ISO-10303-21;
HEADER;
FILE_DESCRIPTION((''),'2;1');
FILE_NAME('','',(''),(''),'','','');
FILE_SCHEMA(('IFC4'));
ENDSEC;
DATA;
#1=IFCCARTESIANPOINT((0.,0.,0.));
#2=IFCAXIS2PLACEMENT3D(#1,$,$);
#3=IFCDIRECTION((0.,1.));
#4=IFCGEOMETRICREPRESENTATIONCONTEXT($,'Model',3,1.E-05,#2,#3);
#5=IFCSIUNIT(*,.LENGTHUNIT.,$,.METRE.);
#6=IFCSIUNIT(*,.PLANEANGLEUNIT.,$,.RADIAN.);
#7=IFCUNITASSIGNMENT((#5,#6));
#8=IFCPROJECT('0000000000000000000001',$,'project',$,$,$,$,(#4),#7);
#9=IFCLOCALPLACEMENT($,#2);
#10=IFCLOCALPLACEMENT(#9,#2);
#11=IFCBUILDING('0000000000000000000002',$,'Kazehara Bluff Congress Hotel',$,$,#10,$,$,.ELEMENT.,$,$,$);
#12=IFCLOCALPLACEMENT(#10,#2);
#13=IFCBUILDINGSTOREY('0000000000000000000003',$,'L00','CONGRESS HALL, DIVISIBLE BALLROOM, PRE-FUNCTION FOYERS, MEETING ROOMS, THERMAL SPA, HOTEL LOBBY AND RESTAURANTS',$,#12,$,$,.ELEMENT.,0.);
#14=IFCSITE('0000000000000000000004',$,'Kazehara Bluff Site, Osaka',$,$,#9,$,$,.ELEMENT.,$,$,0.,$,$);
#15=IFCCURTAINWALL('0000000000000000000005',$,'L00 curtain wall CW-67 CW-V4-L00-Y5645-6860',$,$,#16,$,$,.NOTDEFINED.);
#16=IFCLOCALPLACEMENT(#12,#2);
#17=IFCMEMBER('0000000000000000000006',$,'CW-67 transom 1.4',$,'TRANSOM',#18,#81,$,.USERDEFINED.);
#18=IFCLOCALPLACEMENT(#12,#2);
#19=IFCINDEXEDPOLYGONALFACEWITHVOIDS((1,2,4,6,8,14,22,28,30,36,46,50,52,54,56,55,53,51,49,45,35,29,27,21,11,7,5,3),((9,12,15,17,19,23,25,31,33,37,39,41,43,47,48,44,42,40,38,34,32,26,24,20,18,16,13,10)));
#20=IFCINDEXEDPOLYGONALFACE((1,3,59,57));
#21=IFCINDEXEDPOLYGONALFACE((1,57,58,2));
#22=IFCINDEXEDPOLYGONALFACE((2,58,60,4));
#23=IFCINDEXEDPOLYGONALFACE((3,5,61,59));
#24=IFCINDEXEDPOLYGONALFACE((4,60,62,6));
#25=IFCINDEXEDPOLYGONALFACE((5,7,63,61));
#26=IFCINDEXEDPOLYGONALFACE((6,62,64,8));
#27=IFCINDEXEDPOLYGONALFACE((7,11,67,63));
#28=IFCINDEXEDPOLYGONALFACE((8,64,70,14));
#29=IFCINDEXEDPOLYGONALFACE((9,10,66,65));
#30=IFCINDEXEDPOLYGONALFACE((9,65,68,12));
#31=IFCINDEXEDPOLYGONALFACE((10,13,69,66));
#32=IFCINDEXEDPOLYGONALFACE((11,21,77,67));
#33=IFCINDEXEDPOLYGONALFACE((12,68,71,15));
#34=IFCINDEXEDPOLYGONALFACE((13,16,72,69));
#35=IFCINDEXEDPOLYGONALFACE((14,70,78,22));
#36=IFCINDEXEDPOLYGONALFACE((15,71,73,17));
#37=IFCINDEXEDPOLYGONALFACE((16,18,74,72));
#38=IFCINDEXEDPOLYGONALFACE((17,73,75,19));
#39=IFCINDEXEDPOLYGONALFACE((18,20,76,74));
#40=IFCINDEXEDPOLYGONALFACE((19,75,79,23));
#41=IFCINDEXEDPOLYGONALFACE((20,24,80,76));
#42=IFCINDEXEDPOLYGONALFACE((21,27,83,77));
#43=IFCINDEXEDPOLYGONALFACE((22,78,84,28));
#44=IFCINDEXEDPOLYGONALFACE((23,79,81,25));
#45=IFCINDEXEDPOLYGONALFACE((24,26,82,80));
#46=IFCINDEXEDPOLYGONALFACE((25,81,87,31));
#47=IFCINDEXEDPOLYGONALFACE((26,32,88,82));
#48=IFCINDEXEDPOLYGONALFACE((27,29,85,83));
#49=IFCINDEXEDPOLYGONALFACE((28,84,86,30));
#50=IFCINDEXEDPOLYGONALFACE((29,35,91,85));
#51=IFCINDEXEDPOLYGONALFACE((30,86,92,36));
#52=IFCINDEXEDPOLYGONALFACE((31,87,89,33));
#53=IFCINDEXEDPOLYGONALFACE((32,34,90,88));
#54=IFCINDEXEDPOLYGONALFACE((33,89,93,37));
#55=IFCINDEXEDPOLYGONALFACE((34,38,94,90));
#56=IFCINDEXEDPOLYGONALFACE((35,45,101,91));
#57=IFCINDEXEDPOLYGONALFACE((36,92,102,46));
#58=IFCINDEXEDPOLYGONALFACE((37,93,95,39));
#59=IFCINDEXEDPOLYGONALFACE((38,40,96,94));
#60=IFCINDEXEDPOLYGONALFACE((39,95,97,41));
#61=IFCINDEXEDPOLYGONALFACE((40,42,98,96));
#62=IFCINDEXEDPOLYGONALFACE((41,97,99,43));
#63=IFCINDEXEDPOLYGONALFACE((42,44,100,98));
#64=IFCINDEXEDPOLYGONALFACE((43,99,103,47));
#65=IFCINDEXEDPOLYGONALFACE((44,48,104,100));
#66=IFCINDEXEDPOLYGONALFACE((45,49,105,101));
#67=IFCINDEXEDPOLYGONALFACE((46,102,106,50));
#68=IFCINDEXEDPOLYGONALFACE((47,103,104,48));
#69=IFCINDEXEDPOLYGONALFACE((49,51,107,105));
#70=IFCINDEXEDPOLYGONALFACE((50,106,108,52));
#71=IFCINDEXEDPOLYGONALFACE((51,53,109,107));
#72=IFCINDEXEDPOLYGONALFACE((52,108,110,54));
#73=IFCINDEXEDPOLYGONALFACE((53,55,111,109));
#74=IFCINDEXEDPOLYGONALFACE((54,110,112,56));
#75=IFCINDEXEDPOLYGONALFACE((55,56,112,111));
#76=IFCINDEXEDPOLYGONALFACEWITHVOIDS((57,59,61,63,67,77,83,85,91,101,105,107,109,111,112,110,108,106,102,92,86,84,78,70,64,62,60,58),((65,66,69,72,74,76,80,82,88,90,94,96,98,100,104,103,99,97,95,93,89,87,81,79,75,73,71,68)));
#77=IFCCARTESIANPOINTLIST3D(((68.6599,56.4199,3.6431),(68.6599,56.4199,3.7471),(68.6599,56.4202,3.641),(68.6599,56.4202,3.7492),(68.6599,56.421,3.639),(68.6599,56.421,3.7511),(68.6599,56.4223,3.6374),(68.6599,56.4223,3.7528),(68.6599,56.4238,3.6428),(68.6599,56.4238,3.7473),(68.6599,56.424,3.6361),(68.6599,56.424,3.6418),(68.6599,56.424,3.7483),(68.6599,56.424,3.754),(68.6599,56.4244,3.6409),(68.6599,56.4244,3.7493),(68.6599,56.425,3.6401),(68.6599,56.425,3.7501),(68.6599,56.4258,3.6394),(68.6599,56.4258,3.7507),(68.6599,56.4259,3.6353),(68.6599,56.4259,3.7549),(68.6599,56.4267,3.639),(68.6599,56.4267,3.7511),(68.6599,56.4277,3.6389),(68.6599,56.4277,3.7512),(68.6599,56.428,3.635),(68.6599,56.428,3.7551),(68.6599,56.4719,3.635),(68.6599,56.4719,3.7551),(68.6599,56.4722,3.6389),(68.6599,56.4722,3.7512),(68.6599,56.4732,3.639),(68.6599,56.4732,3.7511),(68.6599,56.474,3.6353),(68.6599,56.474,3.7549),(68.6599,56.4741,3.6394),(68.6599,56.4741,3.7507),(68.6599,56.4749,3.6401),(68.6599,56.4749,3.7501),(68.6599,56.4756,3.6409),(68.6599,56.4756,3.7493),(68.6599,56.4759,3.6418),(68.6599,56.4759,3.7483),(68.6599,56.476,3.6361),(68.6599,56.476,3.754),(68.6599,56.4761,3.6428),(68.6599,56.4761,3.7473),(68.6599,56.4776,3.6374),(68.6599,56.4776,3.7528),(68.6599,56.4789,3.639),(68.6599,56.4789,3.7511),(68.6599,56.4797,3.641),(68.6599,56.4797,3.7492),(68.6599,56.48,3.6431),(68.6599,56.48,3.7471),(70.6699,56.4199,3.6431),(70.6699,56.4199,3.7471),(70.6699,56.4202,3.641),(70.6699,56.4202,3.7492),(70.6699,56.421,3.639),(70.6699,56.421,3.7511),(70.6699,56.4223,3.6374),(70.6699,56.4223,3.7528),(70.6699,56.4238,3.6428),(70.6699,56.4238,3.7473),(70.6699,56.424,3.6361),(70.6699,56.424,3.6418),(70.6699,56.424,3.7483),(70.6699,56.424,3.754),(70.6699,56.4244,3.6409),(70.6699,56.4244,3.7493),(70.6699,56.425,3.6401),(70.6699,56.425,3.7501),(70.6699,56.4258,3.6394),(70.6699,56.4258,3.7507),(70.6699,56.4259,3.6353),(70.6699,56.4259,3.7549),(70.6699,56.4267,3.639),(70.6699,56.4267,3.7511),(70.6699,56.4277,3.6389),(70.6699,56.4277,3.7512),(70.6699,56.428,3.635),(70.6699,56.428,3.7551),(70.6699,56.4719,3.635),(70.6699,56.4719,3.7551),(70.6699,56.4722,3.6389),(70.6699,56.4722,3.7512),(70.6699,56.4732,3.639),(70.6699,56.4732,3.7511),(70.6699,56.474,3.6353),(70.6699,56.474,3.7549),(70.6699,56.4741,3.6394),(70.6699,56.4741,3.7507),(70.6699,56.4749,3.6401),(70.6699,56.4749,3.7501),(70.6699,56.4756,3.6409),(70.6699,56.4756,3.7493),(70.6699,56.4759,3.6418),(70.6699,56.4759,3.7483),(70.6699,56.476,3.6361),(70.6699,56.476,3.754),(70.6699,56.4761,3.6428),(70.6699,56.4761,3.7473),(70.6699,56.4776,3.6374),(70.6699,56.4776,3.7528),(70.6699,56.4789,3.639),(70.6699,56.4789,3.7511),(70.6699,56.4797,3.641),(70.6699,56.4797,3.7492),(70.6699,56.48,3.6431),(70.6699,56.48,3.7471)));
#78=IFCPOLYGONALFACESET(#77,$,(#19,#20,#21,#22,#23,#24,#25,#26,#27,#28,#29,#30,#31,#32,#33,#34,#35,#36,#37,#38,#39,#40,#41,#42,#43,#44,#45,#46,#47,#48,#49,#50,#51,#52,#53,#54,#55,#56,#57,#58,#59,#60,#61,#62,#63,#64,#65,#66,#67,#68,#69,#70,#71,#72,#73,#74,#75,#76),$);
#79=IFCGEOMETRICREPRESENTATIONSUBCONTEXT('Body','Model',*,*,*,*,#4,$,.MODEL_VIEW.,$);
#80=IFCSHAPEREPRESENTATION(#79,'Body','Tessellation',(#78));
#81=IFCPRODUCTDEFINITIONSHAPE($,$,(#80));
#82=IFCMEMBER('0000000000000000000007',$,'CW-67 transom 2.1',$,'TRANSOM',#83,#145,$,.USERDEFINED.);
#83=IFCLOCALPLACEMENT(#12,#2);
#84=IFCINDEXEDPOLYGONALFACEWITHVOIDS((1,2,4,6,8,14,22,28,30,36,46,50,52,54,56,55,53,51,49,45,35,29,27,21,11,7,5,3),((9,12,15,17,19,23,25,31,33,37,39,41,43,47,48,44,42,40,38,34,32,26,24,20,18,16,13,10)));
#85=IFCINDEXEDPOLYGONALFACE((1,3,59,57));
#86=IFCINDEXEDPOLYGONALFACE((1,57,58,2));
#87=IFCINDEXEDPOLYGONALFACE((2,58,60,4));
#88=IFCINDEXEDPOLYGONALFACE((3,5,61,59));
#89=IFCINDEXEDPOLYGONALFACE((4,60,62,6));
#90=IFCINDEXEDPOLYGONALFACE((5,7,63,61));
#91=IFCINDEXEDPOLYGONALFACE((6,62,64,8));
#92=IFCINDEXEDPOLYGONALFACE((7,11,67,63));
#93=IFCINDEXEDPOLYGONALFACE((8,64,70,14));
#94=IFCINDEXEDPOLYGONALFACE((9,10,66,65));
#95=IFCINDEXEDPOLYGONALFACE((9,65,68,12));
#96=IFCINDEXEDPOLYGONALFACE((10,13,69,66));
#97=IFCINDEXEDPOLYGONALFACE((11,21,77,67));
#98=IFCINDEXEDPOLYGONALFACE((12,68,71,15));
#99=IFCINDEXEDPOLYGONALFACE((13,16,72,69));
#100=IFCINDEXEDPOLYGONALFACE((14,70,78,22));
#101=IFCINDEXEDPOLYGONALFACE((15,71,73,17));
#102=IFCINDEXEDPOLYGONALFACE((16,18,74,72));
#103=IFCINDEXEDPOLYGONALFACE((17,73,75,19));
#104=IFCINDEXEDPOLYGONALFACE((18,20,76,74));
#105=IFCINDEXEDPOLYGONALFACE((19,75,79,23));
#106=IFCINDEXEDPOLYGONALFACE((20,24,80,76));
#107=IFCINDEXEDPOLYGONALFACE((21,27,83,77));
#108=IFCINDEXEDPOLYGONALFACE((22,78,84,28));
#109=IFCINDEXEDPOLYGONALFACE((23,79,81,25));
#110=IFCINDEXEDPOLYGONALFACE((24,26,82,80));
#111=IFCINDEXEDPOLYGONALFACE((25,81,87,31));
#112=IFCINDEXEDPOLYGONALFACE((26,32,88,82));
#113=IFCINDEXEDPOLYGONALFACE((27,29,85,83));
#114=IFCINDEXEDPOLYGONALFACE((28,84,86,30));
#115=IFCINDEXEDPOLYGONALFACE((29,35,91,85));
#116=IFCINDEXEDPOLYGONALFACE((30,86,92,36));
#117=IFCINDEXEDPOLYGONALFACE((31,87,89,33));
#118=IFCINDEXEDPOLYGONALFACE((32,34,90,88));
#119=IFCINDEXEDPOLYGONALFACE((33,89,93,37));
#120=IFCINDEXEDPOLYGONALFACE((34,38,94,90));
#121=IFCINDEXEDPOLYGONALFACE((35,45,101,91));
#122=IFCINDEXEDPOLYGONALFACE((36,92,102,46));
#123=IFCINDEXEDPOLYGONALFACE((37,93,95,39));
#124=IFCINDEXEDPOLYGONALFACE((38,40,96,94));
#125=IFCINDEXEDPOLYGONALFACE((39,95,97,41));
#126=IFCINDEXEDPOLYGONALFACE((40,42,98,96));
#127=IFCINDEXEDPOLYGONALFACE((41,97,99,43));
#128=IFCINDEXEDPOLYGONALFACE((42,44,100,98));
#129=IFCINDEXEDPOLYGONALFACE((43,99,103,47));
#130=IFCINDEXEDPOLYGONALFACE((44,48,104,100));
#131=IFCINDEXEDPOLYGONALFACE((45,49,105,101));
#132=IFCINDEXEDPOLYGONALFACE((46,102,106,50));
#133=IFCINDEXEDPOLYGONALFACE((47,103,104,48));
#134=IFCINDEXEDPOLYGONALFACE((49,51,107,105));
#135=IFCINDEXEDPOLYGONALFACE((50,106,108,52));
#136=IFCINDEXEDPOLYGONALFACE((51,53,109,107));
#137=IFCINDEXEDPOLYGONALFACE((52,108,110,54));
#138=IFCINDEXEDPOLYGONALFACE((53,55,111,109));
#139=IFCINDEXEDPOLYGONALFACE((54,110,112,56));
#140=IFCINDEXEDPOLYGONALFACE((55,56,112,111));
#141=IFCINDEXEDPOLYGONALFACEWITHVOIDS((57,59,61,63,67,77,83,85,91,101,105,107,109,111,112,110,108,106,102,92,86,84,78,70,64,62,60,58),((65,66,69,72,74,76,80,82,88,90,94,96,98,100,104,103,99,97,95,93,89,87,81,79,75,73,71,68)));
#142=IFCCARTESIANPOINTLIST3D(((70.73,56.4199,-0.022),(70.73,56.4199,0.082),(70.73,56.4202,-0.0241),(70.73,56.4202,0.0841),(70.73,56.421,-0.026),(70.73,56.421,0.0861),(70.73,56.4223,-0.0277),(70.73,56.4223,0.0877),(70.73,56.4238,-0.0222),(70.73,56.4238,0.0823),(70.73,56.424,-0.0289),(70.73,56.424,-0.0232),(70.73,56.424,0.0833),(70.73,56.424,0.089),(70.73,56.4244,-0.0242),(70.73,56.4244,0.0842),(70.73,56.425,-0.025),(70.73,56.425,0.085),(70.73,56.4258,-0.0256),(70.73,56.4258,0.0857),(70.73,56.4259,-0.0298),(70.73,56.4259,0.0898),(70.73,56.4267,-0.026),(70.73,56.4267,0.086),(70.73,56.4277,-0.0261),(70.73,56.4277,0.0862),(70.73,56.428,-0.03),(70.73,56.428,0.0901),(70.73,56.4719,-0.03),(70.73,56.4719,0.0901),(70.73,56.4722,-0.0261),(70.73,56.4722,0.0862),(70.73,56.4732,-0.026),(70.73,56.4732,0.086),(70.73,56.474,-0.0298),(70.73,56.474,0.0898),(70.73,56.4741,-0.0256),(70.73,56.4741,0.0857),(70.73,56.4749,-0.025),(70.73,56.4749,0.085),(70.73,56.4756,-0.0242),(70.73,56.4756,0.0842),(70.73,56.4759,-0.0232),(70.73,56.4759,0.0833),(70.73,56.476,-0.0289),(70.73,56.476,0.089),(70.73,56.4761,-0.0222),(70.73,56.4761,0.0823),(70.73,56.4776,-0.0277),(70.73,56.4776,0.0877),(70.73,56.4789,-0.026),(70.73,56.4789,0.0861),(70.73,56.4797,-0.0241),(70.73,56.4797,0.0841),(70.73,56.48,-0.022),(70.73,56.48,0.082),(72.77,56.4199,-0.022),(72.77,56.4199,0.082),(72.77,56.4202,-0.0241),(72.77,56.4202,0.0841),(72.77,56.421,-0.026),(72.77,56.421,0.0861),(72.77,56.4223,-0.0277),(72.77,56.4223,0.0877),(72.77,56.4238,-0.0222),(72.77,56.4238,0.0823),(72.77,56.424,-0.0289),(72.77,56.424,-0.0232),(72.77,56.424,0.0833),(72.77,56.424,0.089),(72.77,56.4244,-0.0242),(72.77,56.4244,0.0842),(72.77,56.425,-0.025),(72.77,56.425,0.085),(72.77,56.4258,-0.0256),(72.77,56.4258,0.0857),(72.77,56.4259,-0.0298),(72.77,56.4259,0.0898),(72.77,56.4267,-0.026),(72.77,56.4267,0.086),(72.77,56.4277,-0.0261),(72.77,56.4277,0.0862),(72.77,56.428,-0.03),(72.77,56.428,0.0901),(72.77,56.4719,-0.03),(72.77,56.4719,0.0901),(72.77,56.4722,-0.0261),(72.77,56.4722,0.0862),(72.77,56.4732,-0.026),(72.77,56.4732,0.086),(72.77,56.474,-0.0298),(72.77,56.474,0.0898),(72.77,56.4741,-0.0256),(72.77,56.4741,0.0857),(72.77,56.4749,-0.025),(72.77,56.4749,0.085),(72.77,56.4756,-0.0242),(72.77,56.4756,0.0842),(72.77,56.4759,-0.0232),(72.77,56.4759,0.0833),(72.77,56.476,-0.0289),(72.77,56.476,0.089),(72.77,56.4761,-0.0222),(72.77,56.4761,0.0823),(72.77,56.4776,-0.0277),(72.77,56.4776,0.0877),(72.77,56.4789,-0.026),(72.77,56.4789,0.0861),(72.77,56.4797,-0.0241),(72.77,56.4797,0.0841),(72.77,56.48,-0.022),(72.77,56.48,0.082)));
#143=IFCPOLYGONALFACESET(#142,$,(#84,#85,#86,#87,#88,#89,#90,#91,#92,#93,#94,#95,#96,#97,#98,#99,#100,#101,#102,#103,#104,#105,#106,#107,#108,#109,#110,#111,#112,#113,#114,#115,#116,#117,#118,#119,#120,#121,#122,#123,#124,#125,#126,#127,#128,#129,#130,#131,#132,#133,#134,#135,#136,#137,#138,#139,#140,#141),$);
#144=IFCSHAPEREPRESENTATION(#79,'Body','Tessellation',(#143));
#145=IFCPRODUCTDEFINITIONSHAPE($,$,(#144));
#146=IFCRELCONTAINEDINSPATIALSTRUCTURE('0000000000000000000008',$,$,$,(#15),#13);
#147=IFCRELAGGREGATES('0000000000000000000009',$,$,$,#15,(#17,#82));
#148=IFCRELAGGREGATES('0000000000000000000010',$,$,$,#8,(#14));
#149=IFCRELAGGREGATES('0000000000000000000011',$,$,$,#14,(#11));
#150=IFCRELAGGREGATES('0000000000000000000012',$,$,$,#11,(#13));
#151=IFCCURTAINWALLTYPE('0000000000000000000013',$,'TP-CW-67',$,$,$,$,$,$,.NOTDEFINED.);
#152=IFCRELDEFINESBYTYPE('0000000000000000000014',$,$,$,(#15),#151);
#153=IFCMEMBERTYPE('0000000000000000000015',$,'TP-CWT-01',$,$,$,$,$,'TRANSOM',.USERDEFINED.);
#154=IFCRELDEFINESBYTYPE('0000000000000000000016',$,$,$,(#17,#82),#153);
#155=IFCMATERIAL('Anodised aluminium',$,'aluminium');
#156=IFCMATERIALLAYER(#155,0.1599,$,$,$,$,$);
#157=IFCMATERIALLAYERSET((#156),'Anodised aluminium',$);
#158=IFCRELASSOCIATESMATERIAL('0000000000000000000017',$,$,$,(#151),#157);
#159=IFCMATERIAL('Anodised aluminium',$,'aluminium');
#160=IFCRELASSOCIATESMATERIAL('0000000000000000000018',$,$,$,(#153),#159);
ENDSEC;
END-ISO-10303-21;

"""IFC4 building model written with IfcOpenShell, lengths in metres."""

from ifc_helpers import new_model, si_unit, direction, frame, origin, origin_2d, place, context, subcontext, project, spatial, hollow_rectangle, extrude, material, layer, layer_set, material_profile, profile_set, type_object, element, aggregate, save


model = new_model("IFC4")

# Units and contexts
model_context = context("Model", 3, precision=1e-05, world=origin(), true_north=direction((0.0, 1.0)))
body_context = subcontext(model_context, "Body", "Model", "MODEL_VIEW")
ifc_project = project(units=[si_unit("LENGTHUNIT", "METRE"), si_unit("PLANEANGLEUNIT", "RADIAN")], contexts=[model_context])

# Site, building, storey
site_placement = place(None, origin())
site = spatial("IfcSite", under=ifc_project, at=site_placement, Name="Kazehara Bluff Site, Osaka", CompositionType="ELEMENT", RefElevation=0.0)
building_placement = place(site_placement, origin())
building = spatial("IfcBuilding", under=site, at=building_placement, Name="Kazehara Bluff Congress Hotel", CompositionType="ELEMENT")
storey_placement = place(building_placement, origin())
storey = spatial("IfcBuildingStorey", under=building, at=storey_placement, Name="L00", Description="CONGRESS HALL, DIVISIBLE BALLROOM, PRE-FUNCTION FOYERS, MEETING ROOMS, THERMAL SPA, HOTEL LOBBY AND RESTAURANTS", CompositionType="ELEMENT", Elevation=0.0)

# Curtain wall
ifc_material_1 = material(Name="Anodised aluminium", Category="aluminium")
ifc_layer_1 = layer(ifc_material_1, 0.1599)
ifc_layer_set_1 = layer_set([ifc_layer_1], Name="Anodised aluminium")
curtain_wall_type_1 = type_object("IfcCurtainWallType", Name="TP-CW-67", PredefinedType="NOTDEFINED", material=ifc_layer_set_1)
curtain_wall_1_placement = place(storey_placement, origin())
curtain_wall_1 = element("IfcCurtainWall", 1, at=curtain_wall_1_placement, inside=storey, type_object=curtain_wall_type_1, Name="L00 curtain wall CW-67 CW-V4-L00-Y5645-6860", PredefinedType="NOTDEFINED")

# Members
ifc_material_2 = material(Name="Anodised aluminium", Category="aluminium")
ifc_material_profile_1 = material_profile(ifc_material_2, hollow_rectangle(XDim=0.0601, YDim=0.1201, WallThickness=0.0039, InnerFilletRadius=0.0039, OuterFilletRadius=0.0081, at=origin_2d()))
ifc_profile_set_1 = profile_set([ifc_material_profile_1], Name="Anodised aluminium")
member_type_1 = type_object("IfcMemberType", Name="TP-CWT-01", ElementType="TRANSOM", PredefinedType="USERDEFINED", material=ifc_profile_set_1)
member_1_placement = place(storey_placement, frame((68.6599, 56.45, 3.6951), z_axis=(1.0, 0.0, 0.0), x_axis=(0.0, 1.0, 0.0)))
member_1 = element("IfcMember", 2, at=member_1_placement, type_object=member_type_1, Name="CW-67 transom 1.4", ObjectType="TRANSOM", PredefinedType="USERDEFINED", context=body_context, shape_type="SweptSolid", body=[
    extrude(hollow_rectangle(XDim=0.0601, YDim=0.1201, WallThickness=0.0039, InnerFilletRadius=0.0039, OuterFilletRadius=0.0081, at=origin_2d()), origin(), (0.0, 0.0, 1.0), 2.01),
])
member_2_placement = place(storey_placement, frame((70.73, 56.45, 0.03), z_axis=(1.0, 0.0, 0.0), x_axis=(0.0, 1.0, 0.0)))
member_2 = element("IfcMember", 3, at=member_2_placement, type_object=member_type_1, Name="CW-67 transom 2.1", ObjectType="TRANSOM", PredefinedType="USERDEFINED", context=body_context, shape_type="SweptSolid", body=[
    extrude(hollow_rectangle(XDim=0.0601, YDim=0.1201, WallThickness=0.0039, InnerFilletRadius=0.0039, OuterFilletRadius=0.0081, at=origin_2d()), origin(), (0.0, 0.0, 1.0), 2.04),
])

aggregate(curtain_wall_1, [member_1, member_2])

save(model, "model.ifc")
